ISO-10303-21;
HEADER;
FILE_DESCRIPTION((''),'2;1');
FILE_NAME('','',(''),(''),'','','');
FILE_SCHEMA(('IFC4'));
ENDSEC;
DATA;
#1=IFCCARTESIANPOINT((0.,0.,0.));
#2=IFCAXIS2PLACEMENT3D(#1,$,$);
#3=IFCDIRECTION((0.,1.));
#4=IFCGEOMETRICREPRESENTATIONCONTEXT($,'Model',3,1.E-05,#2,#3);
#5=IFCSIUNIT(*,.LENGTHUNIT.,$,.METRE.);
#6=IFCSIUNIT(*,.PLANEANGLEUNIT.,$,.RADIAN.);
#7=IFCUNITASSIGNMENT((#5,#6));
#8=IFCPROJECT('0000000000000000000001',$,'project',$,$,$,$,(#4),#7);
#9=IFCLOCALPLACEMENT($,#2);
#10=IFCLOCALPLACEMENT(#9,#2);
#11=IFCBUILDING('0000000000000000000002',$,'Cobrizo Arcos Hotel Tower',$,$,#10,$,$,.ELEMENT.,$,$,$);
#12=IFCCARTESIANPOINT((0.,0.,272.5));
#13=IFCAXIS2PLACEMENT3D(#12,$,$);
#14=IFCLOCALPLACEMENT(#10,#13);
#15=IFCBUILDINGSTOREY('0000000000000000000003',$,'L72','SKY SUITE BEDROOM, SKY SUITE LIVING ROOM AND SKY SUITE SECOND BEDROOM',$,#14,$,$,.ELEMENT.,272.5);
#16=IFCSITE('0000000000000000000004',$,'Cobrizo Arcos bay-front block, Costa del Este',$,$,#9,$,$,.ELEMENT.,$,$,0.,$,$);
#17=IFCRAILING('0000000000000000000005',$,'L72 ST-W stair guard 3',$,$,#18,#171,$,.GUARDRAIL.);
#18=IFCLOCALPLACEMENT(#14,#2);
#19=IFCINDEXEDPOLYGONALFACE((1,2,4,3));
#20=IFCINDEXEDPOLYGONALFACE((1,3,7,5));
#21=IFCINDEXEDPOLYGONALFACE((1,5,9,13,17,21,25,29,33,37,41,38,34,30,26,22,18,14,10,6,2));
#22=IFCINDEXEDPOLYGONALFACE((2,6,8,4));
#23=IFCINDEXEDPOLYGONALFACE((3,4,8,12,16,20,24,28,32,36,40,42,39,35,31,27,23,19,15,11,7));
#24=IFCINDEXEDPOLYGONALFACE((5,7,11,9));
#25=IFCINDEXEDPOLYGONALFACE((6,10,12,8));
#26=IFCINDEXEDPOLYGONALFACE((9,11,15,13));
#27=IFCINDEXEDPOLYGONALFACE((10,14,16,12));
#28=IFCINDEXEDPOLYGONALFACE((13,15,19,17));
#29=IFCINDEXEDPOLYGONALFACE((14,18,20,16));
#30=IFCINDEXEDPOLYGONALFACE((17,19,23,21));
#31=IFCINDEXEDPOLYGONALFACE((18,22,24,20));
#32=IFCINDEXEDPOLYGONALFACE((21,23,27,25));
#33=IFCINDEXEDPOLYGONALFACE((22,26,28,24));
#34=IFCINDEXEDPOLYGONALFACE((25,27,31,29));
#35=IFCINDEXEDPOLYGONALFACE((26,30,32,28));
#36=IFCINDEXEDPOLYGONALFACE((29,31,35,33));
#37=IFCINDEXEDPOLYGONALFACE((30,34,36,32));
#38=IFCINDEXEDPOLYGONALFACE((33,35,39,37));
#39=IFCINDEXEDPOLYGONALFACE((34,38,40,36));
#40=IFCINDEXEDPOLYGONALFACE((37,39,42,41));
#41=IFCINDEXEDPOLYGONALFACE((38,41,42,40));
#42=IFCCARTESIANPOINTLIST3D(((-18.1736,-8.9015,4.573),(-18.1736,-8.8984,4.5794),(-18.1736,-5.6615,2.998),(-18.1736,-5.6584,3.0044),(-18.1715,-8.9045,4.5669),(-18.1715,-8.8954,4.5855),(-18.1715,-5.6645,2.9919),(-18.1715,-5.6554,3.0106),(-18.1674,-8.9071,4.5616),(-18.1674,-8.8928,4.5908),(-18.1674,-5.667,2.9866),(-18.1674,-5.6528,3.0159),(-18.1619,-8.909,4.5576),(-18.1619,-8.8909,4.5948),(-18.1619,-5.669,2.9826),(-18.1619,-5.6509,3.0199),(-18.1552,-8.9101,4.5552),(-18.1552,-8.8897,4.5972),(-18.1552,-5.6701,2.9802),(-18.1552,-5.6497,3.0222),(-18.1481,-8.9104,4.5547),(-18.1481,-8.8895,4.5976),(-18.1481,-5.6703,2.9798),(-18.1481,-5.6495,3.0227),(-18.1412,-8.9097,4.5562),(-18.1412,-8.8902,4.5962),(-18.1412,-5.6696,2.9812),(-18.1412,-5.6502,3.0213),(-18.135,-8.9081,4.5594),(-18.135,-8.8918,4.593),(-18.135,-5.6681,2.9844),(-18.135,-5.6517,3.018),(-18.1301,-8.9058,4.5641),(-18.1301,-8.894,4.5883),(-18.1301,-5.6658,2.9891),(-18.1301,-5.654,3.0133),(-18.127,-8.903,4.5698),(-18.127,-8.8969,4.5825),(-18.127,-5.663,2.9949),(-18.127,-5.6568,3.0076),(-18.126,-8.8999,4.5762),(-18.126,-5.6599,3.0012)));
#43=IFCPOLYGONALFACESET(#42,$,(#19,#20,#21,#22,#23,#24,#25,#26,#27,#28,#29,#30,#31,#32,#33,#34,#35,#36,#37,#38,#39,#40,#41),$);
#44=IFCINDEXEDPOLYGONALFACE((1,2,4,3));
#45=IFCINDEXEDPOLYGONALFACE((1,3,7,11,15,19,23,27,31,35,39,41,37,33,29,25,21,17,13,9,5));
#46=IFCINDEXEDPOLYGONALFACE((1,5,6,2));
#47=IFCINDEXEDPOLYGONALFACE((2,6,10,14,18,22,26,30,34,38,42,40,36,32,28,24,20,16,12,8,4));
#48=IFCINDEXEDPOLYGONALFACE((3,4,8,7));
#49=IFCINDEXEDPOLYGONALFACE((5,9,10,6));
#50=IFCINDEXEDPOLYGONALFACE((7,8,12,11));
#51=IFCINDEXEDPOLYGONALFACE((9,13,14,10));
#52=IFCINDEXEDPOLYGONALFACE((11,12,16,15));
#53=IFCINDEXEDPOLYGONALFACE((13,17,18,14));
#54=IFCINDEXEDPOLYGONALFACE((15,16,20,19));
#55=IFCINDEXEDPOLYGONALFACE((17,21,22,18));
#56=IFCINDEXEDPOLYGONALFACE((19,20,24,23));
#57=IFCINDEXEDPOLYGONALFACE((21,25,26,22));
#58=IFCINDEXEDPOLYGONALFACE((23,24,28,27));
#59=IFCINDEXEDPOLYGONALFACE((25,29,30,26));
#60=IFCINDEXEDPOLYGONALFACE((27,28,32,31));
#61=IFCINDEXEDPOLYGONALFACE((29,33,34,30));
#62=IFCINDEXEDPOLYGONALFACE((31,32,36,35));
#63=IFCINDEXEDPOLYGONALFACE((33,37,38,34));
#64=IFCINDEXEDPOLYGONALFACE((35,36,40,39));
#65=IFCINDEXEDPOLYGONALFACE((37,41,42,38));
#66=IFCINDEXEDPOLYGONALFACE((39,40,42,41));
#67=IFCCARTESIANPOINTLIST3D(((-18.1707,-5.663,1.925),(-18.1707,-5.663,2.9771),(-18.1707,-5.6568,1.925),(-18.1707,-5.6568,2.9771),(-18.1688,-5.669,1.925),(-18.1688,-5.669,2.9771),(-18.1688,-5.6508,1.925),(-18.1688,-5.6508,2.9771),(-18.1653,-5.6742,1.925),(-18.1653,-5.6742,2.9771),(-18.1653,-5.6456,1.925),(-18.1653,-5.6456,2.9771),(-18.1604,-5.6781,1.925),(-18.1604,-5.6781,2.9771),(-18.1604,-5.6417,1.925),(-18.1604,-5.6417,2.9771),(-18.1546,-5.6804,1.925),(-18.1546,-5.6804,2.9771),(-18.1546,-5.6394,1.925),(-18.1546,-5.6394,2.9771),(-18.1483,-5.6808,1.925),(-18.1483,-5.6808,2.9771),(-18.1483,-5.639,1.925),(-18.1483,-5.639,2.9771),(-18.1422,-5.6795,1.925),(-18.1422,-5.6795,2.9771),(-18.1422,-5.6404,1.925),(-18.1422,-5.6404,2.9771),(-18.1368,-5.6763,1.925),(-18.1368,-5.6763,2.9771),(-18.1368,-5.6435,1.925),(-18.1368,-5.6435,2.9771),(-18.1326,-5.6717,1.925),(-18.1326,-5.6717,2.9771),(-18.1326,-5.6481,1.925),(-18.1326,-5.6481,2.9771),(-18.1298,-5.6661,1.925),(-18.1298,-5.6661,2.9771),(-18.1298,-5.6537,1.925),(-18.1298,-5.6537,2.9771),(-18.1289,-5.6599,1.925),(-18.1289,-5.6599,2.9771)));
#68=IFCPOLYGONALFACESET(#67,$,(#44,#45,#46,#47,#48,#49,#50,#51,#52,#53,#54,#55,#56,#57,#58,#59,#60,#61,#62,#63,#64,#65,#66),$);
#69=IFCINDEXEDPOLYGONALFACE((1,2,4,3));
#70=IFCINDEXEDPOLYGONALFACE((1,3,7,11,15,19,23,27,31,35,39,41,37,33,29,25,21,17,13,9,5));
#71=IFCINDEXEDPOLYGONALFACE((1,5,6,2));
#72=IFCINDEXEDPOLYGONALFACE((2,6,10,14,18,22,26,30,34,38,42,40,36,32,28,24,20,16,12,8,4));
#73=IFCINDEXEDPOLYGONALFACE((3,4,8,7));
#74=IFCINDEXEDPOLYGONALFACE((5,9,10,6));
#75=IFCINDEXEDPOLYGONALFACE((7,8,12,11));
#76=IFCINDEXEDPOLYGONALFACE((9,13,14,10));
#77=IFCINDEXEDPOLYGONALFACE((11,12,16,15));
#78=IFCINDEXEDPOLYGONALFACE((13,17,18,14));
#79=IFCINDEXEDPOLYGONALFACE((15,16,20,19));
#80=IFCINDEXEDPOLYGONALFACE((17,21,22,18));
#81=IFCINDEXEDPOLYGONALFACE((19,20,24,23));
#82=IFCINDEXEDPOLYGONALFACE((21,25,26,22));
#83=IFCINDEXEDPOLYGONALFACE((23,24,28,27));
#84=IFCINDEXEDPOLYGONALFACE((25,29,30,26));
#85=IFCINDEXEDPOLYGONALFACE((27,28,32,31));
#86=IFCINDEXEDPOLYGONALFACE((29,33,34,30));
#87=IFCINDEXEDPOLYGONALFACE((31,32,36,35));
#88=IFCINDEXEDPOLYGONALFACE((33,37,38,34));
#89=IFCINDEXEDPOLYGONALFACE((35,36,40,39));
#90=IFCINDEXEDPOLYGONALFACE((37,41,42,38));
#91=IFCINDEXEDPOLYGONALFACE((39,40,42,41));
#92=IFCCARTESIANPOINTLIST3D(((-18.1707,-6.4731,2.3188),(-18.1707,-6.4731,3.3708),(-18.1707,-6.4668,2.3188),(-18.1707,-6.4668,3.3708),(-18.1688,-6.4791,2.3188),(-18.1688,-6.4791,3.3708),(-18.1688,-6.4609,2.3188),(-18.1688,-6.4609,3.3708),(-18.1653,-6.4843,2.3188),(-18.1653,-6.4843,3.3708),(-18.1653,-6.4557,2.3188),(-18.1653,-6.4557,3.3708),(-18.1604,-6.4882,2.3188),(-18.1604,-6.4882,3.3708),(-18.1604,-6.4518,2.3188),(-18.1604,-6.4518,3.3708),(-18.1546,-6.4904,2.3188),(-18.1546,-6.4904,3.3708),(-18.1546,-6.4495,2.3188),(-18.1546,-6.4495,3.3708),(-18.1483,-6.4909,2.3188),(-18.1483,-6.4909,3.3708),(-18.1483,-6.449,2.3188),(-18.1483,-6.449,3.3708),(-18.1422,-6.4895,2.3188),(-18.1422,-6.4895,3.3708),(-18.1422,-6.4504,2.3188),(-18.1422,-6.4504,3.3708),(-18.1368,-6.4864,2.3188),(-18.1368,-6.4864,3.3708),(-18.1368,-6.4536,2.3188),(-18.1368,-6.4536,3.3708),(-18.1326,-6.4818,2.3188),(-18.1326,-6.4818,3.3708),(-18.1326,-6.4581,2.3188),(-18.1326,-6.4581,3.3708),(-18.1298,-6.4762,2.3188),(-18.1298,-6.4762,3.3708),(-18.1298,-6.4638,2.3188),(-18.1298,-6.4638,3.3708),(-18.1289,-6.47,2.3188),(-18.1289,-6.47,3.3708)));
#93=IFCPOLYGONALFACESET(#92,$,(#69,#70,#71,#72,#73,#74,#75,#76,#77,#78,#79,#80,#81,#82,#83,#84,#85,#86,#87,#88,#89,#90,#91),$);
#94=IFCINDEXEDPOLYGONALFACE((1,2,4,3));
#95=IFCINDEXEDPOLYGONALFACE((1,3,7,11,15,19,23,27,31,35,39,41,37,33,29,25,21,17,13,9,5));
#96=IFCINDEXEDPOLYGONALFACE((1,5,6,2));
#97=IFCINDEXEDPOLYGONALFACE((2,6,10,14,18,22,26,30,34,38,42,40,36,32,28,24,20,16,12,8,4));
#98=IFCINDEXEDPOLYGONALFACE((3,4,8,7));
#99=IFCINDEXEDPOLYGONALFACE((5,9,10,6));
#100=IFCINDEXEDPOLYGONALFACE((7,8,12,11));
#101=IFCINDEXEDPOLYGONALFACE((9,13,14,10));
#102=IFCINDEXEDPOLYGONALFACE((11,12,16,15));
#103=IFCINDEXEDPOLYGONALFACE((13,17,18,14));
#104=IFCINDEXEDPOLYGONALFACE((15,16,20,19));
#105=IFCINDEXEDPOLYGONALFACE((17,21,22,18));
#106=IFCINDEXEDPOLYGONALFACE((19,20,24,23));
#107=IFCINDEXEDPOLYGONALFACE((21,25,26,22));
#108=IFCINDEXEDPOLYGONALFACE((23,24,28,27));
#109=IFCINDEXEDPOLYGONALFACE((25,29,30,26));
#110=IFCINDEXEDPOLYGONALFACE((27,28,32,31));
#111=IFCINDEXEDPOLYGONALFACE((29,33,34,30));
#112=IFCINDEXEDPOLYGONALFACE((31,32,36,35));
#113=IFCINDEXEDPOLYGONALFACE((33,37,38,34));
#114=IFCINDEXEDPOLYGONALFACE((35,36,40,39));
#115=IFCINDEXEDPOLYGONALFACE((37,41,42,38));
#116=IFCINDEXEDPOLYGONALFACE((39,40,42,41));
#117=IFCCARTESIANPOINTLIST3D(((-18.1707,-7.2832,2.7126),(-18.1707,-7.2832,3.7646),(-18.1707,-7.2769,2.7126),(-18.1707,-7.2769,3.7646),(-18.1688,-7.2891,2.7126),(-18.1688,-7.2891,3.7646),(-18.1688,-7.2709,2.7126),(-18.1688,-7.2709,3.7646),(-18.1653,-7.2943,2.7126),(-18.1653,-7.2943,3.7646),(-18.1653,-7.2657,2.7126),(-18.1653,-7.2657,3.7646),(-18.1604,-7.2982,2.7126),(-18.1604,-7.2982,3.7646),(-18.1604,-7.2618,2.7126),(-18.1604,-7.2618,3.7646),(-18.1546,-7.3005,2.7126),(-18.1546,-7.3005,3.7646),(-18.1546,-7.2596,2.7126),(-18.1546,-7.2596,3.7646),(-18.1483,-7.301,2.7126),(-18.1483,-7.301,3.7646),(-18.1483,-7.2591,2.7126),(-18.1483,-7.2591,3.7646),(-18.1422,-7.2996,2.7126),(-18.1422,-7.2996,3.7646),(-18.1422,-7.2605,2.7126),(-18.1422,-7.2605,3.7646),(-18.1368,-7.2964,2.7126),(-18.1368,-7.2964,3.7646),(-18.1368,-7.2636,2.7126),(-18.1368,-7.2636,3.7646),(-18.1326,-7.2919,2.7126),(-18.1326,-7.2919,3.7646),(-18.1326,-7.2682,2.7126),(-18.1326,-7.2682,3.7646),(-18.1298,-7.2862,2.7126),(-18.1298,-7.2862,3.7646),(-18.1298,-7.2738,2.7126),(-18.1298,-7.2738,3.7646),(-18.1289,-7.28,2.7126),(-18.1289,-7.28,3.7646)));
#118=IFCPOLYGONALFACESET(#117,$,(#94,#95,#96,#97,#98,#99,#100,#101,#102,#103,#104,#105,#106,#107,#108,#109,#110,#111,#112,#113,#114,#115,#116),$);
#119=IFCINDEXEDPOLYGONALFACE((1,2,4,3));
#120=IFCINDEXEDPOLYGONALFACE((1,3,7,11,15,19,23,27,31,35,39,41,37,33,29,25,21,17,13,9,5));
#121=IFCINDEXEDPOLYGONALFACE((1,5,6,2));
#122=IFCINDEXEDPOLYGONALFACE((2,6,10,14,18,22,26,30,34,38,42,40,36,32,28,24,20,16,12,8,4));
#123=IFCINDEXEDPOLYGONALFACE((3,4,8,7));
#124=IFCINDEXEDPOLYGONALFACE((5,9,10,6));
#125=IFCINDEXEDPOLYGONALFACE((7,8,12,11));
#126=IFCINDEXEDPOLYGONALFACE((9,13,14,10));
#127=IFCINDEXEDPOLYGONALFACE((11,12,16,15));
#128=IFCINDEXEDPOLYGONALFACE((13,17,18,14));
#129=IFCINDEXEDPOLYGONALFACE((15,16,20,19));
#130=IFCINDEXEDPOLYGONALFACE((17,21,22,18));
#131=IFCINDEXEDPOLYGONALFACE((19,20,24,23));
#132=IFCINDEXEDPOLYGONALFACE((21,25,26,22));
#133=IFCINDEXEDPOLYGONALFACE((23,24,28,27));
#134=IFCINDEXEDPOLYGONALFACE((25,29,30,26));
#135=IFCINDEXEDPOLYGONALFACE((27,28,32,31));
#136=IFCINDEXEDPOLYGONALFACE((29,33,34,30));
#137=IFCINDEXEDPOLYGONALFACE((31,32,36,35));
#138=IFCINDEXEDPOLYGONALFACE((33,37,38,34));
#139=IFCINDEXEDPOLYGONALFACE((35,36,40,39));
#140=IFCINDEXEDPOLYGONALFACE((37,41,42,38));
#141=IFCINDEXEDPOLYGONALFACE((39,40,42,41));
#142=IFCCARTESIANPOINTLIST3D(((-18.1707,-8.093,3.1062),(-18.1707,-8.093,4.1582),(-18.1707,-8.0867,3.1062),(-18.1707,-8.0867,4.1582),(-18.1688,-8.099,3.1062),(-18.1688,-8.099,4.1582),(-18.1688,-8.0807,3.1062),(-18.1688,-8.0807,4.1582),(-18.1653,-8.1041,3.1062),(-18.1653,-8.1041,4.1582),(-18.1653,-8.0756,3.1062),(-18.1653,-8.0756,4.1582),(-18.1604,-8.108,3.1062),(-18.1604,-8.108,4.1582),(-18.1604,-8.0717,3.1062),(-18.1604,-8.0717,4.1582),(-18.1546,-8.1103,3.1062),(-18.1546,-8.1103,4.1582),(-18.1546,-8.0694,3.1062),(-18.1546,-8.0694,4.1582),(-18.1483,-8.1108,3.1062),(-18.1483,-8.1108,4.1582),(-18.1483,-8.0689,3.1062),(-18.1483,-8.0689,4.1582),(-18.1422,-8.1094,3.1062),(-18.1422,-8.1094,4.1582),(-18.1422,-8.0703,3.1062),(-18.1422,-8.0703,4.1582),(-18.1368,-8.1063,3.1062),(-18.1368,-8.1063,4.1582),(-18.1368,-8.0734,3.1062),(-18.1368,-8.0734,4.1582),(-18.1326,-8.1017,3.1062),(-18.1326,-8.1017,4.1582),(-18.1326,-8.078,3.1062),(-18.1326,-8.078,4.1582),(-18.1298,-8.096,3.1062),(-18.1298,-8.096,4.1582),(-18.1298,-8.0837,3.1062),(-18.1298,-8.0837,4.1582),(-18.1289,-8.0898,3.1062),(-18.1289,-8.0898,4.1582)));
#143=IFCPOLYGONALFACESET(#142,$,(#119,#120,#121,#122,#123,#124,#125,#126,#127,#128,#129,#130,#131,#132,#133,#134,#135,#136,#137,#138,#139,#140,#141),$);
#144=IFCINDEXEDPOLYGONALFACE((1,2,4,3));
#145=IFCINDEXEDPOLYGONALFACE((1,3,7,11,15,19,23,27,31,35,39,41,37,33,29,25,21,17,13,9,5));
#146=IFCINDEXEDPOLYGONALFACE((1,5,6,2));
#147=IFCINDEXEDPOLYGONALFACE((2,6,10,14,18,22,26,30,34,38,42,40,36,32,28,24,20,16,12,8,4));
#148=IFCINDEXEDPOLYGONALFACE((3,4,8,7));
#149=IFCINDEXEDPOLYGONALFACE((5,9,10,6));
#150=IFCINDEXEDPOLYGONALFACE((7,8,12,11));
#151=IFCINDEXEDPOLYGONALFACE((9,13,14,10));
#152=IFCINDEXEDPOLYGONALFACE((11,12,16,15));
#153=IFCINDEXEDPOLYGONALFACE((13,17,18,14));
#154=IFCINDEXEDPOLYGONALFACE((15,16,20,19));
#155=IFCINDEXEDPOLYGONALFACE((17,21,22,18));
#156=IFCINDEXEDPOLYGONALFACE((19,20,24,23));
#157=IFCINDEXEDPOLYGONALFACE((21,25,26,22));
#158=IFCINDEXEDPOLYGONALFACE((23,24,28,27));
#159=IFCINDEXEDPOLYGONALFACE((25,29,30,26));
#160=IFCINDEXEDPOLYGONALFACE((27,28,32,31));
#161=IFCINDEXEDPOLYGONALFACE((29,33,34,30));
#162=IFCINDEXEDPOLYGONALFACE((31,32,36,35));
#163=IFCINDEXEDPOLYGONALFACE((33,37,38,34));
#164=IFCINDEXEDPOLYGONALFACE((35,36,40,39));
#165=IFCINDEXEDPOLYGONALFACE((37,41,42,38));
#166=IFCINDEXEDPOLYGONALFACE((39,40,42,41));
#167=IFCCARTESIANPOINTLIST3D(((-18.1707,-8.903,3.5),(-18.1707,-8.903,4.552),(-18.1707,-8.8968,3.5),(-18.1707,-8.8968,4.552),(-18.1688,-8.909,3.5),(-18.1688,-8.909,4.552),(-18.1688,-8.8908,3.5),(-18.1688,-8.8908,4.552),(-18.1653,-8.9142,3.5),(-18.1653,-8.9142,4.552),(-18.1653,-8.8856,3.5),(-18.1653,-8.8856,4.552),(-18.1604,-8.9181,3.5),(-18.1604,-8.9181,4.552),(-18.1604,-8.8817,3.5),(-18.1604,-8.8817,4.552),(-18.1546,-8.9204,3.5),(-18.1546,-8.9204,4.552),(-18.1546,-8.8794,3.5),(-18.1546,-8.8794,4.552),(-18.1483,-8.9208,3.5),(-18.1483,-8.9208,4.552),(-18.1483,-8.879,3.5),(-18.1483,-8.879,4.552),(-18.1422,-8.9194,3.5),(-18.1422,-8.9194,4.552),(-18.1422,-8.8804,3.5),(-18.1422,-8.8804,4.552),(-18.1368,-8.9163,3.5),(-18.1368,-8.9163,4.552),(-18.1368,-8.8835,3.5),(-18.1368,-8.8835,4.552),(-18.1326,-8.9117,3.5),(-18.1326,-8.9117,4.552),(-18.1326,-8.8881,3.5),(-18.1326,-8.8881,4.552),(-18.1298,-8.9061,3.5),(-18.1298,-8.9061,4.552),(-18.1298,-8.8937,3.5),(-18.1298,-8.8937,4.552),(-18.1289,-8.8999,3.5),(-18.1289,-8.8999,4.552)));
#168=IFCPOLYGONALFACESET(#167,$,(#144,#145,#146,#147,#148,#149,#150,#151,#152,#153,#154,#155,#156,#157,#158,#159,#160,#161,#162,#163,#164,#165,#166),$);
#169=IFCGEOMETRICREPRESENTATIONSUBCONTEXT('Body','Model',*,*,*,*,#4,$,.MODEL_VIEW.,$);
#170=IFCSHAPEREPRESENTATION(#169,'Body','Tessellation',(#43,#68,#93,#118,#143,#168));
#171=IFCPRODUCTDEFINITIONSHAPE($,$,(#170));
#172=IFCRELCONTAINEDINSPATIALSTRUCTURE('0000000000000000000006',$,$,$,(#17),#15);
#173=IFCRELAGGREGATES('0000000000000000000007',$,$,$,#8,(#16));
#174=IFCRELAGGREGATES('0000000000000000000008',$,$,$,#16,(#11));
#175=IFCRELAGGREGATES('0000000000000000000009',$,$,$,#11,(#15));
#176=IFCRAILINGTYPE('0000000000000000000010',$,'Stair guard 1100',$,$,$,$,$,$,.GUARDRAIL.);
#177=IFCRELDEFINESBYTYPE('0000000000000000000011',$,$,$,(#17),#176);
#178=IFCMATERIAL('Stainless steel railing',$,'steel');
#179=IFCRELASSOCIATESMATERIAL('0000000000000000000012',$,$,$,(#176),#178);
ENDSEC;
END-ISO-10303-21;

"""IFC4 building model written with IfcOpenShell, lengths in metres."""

from ifc_helpers import new_model, si_unit, direction, frame, origin, origin_2d, place, context, subcontext, project, spatial, circle, extrude, material, type_object, element, save


model = new_model("IFC4")

# Units and contexts
model_context = context("Model", 3, precision=1e-05, world=origin(), true_north=direction((0.0, 1.0)))
body_context = subcontext(model_context, "Body", "Model", "MODEL_VIEW")
ifc_project = project(units=[si_unit("LENGTHUNIT", "METRE"), si_unit("PLANEANGLEUNIT", "RADIAN")], contexts=[model_context])

# Site, building, storey
site_placement = place(None, origin())
site = spatial("IfcSite", under=ifc_project, at=site_placement, Name="Cobrizo Arcos bay-front block, Costa del Este", CompositionType="ELEMENT", RefElevation=0.0)
building_placement = place(site_placement, origin())
building = spatial("IfcBuilding", under=site, at=building_placement, Name="Cobrizo Arcos Hotel Tower", CompositionType="ELEMENT")
storey_placement = place(building_placement, frame((0.0, 0.0, 272.5)))
storey = spatial("IfcBuildingStorey", under=building, at=storey_placement, Name="L72", Description="SKY SUITE BEDROOM, SKY SUITE LIVING ROOM AND SKY SUITE SECOND BEDROOM", CompositionType="ELEMENT", Elevation=272.5)

# Railing
ifc_material_1 = material(Name="Stainless steel railing", Category="steel")
railing_type_1 = type_object("IfcRailingType", Name="Stair guard 1100", PredefinedType="GUARDRAIL", material=ifc_material_1)
railing_1_placement = place(storey_placement, frame((-18.1499, -5.6599, 1.925)))
element("IfcRailing", 1, at=railing_1_placement, inside=storey, type_object=railing_type_1, Name="L72 ST-W stair guard 3", PredefinedType="GUARDRAIL", context=body_context, shape_type="SweptSolid", body=[
    extrude(circle(Radius=0.0239, at=origin_2d()), frame((0.0, 0.0, 1.0762), z_axis=(0.0, -0.899373, 0.437183), x_axis=(1.0, 0.0, 0.0)), (0.0, 0.0, 1.0), 3.6025),
    extrude(circle(Radius=0.021, at=origin_2d()), origin(), (0.0, 0.0, 1.0), 1.052),
    extrude(circle(Radius=0.021, at=origin_2d()), frame((0.0, -0.8101, 0.3938)), (0.0, 0.0, 1.0), 1.052),
    extrude(circle(Radius=0.021, at=origin_2d()), frame((0.0, -1.6201, 0.7876)), (0.0, 0.0, 1.0), 1.052),
    extrude(circle(Radius=0.021, at=origin_2d()), frame((0.0, -2.4299, 1.1812)), (0.0, 0.0, 1.0), 1.052),
    extrude(circle(Radius=0.021, at=origin_2d()), frame((0.0, -3.24, 1.575)), (0.0, 0.0, 1.0), 1.052),
])

save(model, "model.ifc")
